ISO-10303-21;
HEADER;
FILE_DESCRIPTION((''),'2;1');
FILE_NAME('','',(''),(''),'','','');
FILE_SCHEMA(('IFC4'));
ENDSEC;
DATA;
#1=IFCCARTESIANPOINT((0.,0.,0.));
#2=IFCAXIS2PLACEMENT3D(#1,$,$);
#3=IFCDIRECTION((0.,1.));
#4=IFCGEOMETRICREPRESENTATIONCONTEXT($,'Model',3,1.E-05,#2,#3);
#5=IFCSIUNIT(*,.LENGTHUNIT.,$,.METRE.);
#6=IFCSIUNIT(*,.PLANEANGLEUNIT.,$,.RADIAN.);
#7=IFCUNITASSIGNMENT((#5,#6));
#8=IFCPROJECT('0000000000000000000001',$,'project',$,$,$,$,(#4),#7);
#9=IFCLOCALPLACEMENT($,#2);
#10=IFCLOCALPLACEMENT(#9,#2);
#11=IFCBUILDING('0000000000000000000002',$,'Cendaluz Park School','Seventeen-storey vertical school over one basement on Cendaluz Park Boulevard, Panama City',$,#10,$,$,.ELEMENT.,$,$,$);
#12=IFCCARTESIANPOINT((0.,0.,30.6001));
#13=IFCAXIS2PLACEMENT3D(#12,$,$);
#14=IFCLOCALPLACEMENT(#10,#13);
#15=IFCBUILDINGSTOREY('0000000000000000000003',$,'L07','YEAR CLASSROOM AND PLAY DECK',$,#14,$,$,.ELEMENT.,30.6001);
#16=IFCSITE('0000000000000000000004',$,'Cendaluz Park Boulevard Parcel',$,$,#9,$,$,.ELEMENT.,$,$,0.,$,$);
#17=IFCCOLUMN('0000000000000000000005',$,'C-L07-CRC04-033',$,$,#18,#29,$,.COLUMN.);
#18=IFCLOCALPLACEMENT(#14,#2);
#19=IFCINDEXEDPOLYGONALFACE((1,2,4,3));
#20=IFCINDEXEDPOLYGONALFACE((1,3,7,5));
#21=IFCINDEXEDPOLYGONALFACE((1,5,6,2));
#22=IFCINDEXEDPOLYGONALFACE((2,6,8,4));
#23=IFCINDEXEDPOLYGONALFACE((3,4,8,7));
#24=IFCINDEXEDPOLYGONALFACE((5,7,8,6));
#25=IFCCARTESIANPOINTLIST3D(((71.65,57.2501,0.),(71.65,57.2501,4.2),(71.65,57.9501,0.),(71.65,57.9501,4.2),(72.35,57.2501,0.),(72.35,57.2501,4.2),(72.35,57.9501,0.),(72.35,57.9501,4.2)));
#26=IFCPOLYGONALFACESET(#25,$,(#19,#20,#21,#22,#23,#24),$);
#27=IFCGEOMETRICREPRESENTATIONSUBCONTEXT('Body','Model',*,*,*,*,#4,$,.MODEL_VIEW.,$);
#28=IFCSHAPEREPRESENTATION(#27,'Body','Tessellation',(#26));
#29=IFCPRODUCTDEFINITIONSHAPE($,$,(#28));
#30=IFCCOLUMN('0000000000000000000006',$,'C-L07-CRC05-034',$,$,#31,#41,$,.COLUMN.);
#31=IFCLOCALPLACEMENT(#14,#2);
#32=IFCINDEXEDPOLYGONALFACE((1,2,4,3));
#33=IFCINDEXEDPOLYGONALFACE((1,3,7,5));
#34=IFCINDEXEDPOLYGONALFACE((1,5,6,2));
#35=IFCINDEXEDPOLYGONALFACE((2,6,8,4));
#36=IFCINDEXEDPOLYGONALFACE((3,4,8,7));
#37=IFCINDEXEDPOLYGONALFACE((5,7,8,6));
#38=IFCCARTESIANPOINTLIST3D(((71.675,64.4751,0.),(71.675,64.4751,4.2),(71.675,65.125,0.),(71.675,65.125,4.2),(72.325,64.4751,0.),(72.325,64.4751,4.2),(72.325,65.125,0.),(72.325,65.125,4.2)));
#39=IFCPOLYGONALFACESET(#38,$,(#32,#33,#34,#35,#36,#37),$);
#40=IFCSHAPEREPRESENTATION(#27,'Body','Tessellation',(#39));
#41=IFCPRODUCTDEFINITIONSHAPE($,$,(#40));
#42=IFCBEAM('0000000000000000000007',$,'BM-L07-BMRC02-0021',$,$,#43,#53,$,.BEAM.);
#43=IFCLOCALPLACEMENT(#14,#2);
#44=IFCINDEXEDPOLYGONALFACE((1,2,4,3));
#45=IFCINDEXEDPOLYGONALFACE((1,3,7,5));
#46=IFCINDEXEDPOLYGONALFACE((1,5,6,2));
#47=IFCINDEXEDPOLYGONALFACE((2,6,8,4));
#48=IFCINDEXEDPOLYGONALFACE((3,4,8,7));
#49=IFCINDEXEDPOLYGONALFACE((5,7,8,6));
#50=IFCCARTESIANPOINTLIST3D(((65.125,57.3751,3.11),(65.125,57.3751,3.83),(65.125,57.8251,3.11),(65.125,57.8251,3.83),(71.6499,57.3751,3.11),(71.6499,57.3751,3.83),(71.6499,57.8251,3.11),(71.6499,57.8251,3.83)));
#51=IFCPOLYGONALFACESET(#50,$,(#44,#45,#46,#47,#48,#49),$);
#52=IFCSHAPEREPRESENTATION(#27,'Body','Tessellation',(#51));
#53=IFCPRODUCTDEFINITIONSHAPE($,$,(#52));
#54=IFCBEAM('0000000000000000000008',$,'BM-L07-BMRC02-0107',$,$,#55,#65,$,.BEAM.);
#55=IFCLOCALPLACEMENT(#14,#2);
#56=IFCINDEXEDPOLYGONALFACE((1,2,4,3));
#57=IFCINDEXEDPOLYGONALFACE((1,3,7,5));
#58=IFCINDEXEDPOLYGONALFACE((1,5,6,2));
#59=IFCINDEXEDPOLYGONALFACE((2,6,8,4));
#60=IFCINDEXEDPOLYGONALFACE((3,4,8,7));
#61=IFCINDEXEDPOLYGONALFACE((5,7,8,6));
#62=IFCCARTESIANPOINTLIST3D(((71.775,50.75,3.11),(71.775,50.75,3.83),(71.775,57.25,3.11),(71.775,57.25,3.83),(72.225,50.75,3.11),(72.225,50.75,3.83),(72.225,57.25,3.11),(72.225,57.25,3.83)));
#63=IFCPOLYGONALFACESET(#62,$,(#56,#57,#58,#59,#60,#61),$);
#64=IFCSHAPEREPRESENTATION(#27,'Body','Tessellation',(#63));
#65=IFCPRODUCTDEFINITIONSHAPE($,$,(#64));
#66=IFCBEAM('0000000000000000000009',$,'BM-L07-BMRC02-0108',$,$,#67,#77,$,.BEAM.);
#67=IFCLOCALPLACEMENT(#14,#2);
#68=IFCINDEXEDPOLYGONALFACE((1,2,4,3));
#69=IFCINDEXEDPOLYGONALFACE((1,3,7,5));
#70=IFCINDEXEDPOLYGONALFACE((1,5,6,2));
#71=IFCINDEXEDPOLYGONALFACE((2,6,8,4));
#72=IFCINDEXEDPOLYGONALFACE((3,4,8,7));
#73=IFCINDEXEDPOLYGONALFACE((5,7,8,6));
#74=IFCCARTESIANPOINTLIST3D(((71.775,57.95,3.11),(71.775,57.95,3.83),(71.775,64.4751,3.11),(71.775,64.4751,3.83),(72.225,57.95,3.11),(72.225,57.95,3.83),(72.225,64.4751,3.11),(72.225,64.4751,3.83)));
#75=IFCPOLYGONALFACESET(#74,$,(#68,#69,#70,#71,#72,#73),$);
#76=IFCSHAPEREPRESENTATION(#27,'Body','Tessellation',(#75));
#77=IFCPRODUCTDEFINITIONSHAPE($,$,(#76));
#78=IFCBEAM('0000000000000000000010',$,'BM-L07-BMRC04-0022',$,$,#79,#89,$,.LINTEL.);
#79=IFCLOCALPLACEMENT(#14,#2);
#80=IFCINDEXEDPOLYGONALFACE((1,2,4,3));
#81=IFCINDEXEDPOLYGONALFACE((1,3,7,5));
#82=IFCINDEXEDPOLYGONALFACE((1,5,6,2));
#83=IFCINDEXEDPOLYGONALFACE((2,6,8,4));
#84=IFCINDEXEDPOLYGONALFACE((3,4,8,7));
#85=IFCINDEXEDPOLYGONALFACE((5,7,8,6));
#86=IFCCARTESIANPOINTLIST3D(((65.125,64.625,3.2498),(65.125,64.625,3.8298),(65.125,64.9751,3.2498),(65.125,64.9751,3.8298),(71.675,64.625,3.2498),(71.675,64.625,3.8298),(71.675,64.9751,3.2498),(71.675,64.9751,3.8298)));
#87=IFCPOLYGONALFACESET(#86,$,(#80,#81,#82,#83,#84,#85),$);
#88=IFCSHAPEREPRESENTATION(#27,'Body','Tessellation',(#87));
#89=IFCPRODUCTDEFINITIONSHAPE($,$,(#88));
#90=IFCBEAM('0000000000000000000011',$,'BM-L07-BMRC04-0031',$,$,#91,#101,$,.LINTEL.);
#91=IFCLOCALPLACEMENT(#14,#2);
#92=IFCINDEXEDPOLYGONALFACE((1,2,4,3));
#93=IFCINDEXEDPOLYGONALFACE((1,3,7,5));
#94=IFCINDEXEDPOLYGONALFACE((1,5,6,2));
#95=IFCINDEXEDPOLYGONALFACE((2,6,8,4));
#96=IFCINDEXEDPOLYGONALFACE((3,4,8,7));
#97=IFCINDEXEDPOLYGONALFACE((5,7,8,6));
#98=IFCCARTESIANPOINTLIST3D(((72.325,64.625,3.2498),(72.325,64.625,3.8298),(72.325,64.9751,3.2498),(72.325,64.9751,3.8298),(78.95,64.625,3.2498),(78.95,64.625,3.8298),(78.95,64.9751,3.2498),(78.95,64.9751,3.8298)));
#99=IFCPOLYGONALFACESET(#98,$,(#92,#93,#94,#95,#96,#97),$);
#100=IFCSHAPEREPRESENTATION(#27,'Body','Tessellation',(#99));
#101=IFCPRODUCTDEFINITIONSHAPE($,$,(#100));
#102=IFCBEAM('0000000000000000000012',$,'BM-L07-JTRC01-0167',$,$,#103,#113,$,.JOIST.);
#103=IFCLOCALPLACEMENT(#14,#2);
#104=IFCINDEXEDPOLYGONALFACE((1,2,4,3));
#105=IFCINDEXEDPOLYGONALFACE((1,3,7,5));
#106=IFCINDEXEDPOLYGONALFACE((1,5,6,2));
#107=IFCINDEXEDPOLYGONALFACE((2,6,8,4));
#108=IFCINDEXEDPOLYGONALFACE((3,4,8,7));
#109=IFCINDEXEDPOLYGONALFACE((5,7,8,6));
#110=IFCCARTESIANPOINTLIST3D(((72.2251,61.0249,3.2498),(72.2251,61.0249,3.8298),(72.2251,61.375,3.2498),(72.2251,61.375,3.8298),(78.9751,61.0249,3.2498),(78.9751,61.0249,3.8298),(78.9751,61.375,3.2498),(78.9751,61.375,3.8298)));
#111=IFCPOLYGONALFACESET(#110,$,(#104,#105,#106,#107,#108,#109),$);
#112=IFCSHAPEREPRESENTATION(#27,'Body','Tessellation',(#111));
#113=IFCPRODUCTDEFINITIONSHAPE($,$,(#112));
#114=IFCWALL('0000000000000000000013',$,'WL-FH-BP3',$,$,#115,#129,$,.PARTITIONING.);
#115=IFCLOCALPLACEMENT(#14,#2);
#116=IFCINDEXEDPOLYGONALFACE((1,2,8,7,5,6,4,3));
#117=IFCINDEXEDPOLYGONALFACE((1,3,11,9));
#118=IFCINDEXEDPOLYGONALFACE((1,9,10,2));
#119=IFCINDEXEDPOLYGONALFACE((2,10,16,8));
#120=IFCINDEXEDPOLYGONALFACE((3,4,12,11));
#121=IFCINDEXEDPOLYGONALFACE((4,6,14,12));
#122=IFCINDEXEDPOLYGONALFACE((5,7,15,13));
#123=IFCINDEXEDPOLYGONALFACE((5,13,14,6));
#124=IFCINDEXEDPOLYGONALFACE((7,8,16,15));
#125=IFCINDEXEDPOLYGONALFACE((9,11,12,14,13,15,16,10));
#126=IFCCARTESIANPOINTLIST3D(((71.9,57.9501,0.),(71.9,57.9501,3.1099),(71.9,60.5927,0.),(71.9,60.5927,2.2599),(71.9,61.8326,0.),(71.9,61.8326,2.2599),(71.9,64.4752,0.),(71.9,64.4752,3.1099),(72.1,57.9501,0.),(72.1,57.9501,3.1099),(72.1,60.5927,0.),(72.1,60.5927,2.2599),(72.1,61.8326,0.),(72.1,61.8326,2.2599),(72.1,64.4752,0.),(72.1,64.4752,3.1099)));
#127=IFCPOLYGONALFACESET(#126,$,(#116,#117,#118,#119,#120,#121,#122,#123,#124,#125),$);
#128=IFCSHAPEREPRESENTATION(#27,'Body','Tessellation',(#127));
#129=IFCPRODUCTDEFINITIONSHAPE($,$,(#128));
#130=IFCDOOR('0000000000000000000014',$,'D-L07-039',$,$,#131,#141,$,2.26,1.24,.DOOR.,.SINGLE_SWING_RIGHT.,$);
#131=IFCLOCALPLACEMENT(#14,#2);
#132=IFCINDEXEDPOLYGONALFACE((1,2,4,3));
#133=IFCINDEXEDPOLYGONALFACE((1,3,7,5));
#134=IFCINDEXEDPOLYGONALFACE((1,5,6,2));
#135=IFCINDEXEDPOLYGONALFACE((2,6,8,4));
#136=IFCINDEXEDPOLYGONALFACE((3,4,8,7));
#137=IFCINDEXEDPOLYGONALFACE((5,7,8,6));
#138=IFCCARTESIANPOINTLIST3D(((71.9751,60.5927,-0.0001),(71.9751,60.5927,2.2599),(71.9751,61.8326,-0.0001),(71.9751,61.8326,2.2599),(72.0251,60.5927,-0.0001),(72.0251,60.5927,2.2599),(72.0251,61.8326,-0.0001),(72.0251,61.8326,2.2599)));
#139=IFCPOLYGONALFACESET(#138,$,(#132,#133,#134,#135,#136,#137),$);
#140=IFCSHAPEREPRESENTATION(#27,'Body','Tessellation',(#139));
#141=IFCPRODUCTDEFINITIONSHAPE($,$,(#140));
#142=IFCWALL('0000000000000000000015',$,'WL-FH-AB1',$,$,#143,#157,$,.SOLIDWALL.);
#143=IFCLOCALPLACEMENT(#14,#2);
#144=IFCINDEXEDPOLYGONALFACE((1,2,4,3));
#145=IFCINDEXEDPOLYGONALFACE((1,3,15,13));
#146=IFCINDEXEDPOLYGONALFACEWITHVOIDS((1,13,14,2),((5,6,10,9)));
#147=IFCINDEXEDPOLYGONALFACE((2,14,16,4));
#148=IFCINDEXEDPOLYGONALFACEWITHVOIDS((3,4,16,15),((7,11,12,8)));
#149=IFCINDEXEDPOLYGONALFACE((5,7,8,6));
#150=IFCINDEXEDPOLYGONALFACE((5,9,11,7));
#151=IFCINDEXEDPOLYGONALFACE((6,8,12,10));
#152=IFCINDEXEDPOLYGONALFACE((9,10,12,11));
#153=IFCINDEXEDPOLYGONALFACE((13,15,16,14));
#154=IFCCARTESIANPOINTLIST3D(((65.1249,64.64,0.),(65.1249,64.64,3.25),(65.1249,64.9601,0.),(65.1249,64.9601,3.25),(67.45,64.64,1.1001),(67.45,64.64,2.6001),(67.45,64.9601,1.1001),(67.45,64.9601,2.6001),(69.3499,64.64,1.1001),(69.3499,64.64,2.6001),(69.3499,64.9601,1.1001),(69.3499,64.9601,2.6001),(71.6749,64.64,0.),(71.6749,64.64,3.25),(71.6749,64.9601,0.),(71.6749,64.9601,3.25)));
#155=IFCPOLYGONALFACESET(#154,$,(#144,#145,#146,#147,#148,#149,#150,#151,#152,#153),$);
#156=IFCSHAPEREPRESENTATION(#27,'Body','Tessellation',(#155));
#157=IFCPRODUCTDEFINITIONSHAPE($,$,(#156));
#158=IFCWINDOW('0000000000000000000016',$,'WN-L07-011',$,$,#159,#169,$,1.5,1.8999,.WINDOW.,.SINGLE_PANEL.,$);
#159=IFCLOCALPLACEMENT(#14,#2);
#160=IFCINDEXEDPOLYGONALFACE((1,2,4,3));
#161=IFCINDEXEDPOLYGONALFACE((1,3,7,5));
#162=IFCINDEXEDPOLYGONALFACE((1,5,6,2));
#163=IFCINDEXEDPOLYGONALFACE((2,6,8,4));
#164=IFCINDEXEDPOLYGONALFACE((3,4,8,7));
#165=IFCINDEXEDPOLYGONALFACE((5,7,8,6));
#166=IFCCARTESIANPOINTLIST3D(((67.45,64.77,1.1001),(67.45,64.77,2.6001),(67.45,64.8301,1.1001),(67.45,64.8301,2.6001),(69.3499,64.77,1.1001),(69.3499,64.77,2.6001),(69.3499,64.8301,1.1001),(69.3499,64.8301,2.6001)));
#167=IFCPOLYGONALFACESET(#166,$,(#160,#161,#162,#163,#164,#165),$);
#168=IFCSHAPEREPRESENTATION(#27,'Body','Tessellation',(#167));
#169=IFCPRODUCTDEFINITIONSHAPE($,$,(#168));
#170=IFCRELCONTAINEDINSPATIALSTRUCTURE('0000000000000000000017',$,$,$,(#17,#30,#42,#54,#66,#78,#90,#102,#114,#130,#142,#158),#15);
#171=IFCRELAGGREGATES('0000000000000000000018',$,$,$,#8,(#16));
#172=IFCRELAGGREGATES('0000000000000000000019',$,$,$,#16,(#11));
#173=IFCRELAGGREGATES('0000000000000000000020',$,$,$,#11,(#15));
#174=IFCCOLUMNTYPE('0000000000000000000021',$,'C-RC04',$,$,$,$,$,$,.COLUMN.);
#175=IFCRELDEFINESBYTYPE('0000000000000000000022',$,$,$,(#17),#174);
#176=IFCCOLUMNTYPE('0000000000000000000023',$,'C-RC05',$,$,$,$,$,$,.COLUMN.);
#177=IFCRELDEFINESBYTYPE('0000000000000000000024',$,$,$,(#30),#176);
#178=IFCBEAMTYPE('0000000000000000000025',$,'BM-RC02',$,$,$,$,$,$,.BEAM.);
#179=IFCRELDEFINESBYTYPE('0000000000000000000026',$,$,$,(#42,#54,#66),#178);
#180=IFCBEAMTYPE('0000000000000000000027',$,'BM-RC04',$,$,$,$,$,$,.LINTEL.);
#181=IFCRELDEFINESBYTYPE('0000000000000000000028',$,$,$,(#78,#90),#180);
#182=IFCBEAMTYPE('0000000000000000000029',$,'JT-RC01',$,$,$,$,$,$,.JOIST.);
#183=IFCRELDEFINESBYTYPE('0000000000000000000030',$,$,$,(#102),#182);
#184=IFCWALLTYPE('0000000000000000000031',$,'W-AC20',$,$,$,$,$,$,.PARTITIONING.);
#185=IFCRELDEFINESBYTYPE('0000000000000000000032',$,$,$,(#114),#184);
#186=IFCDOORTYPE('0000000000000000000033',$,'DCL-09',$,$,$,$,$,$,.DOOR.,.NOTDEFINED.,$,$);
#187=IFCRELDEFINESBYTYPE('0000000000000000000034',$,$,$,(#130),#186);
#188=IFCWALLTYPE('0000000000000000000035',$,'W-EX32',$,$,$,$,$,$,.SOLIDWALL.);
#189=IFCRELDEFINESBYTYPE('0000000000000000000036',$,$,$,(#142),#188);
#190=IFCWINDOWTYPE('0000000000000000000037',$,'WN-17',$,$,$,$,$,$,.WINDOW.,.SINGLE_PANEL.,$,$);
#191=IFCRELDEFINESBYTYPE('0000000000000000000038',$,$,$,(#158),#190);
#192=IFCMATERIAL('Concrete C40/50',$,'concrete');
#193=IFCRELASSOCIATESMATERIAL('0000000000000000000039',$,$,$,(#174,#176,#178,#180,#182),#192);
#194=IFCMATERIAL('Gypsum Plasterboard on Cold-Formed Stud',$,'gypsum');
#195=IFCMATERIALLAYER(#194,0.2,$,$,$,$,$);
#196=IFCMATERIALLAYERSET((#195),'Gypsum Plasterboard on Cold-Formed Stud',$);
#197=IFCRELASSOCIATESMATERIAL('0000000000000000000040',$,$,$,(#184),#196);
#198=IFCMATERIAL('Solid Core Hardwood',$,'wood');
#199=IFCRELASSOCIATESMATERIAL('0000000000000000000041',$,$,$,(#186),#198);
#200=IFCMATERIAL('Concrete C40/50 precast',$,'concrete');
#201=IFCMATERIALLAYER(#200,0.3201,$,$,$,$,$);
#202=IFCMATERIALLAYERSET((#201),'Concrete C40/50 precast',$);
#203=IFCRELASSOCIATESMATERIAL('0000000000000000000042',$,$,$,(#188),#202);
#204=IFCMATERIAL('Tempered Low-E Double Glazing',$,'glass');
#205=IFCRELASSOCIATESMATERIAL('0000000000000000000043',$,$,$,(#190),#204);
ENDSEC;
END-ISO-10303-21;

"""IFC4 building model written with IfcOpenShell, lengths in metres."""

from ifc_helpers import new_model, si_unit, direction, frame, frame_2d, origin, origin_2d, place, context, subcontext, project, spatial, rectangle, extrude, material, layer, layer_set, material_profile, profile_set, type_object, element, fill, save


model = new_model("IFC4")

# Units and contexts
model_context = context("Model", 3, precision=1e-05, world=origin(), true_north=direction((0.0, 1.0)))
body_context = subcontext(model_context, "Body", "Model", "MODEL_VIEW")
ifc_project = project(units=[si_unit("LENGTHUNIT", "METRE"), si_unit("PLANEANGLEUNIT", "RADIAN")], contexts=[model_context])

# Site, building, storey
site_placement = place(None, origin())
site = spatial("IfcSite", under=ifc_project, at=site_placement, Name="Cendaluz Park Boulevard Parcel", CompositionType="ELEMENT", RefElevation=0.0)
building_placement = place(site_placement, origin())
building = spatial("IfcBuilding", under=site, at=building_placement, Name="Cendaluz Park School", Description="Seventeen-storey vertical school over one basement on Cendaluz Park Boulevard, Panama City", CompositionType="ELEMENT")
storey_placement = place(building_placement, frame((0.0, 0.0, 30.6001)))
storey = spatial("IfcBuildingStorey", under=building, at=storey_placement, Name="L07", Description="YEAR CLASSROOM AND PLAY DECK", CompositionType="ELEMENT", Elevation=30.6001)

# Columns
ifc_material_1 = material(Name="Concrete C40/50", Category="concrete")
ifc_material_profile_1 = material_profile(ifc_material_1, rectangle(XDim=0.7, YDim=0.7, at=origin_2d()), Name="RC 700x700", Category="concrete")
ifc_profile_set_1 = profile_set([ifc_material_profile_1], Name="Concrete C40/50")
column_type_1 = type_object("IfcColumnType", Name="C-RC04", PredefinedType="COLUMN", material=ifc_profile_set_1)
column_1_placement = place(storey_placement, frame((72.0, 57.6001, 0.0), z_axis=(0.0, 0.0, 1.0), x_axis=(1.0, 0.0, 0.0)))
element("IfcColumn", 1, at=column_1_placement, inside=storey, type_object=column_type_1, Name="C-L07-CRC04-033", PredefinedType="COLUMN", context=body_context, shape_type="SweptSolid", body=[
    extrude(rectangle(XDim=0.7, YDim=0.7, at=origin_2d()), origin(), (0.0, 0.0, 1.0), 4.2),
])
ifc_material_profile_2 = material_profile(ifc_material_1, rectangle(XDim=0.6499, YDim=0.6499, at=origin_2d()), Name="RC 650x650", Category="concrete")
ifc_profile_set_2 = profile_set([ifc_material_profile_2], Name="Concrete C40/50")
column_type_2 = type_object("IfcColumnType", Name="C-RC05", PredefinedType="COLUMN", material=ifc_profile_set_2)
column_2_placement = place(storey_placement, frame((72.0, 64.8, 0.0), z_axis=(0.0, 0.0, 1.0), x_axis=(1.0, 0.0, 0.0)))
element("IfcColumn", 2, at=column_2_placement, inside=storey, type_object=column_type_2, Name="C-L07-CRC05-034", PredefinedType="COLUMN", context=body_context, shape_type="SweptSolid", body=[
    extrude(rectangle(XDim=0.6499, YDim=0.6499, at=origin_2d()), origin(), (0.0, 0.0, 1.0), 4.2),
])

# Beams
ifc_material_profile_3 = material_profile(ifc_material_1, rectangle(XDim=0.45, YDim=0.72, at=origin_2d()), Name="RC 450x720", Category="concrete")
ifc_profile_set_3 = profile_set([ifc_material_profile_3], Name="Concrete C40/50")
beam_type_1 = type_object("IfcBeamType", Name="BM-RC02", PredefinedType="BEAM", material=ifc_profile_set_3)
beam_1_placement = place(storey_placement, frame((65.125, 57.6001, 3.47), z_axis=(1.0, 0.0, 0.0), x_axis=(0.0, 1.0, 0.0)))
element("IfcBeam", 3, at=beam_1_placement, inside=storey, type_object=beam_type_1, Name="BM-L07-BMRC02-0021", PredefinedType="BEAM", context=body_context, shape_type="SweptSolid", body=[
    extrude(rectangle(XDim=0.45, YDim=0.72, at=origin_2d()), origin(), (0.0, 0.0, 1.0), 6.5249),
])
beam_2_placement = place(storey_placement, frame((72.0, 50.75, 3.47), z_axis=(0.0, 1.0, 0.0), x_axis=(-1.0, 0.0, 0.0)))
element("IfcBeam", 4, at=beam_2_placement, inside=storey, type_object=beam_type_1, Name="BM-L07-BMRC02-0107", PredefinedType="BEAM", context=body_context, shape_type="SweptSolid", body=[
    extrude(rectangle(XDim=0.45, YDim=0.72, at=origin_2d()), origin(), (0.0, 0.0, 1.0), 6.5),
])
beam_3_placement = place(storey_placement, frame((72.0, 57.95, 3.47), z_axis=(0.0, 1.0, 0.0), x_axis=(-1.0, 0.0, 0.0)))
element("IfcBeam", 5, at=beam_3_placement, inside=storey, type_object=beam_type_1, Name="BM-L07-BMRC02-0108", PredefinedType="BEAM", context=body_context, shape_type="SweptSolid", body=[
    extrude(rectangle(XDim=0.45, YDim=0.72, at=origin_2d()), origin(), (0.0, 0.0, 1.0), 6.5251),
])
ifc_material_profile_4 = material_profile(ifc_material_1, rectangle(XDim=0.3501, YDim=0.5801, at=origin_2d()), Name="RC 350x580", Category="concrete")
ifc_profile_set_4 = profile_set([ifc_material_profile_4], Name="Concrete C40/50")
beam_type_2 = type_object("IfcBeamType", Name="BM-RC04", PredefinedType="LINTEL", material=ifc_profile_set_4)
beam_4_placement = place(storey_placement, frame((65.125, 64.8, 3.5398), z_axis=(1.0, 0.0, 0.0), x_axis=(0.0, 1.0, 0.0)))
element("IfcBeam", 6, at=beam_4_placement, inside=storey, type_object=beam_type_2, Name="BM-L07-BMRC04-0022", PredefinedType="LINTEL", context=body_context, shape_type="SweptSolid", body=[
    extrude(rectangle(XDim=0.3501, YDim=0.5801, at=origin_2d()), origin(), (0.0, 0.0, 1.0), 6.55),
])
beam_5_placement = place(storey_placement, frame((72.325, 64.8, 3.5398), z_axis=(1.0, 0.0, 0.0), x_axis=(0.0, 1.0, 0.0)))
element("IfcBeam", 7, at=beam_5_placement, inside=storey, type_object=beam_type_2, Name="BM-L07-BMRC04-0031", PredefinedType="LINTEL", context=body_context, shape_type="SweptSolid", body=[
    extrude(rectangle(XDim=0.3501, YDim=0.5801, at=origin_2d()), origin(), (0.0, 0.0, 1.0), 6.625),
])
ifc_material_profile_5 = material_profile(ifc_material_1, rectangle(XDim=0.3501, YDim=0.5801, at=origin_2d()), Name="RC 350x580", Category="concrete")
ifc_profile_set_5 = profile_set([ifc_material_profile_5], Name="Concrete C40/50")
beam_type_3 = type_object("IfcBeamType", Name="JT-RC01", PredefinedType="JOIST", material=ifc_profile_set_5)
beam_6_placement = place(storey_placement, frame((72.2251, 61.2, 3.5398), z_axis=(1.0, 0.0, 0.0), x_axis=(0.0, 1.0, 0.0)))
element("IfcBeam", 8, at=beam_6_placement, inside=storey, type_object=beam_type_3, Name="BM-L07-JTRC01-0167", PredefinedType="JOIST", context=body_context, shape_type="SweptSolid", body=[
    extrude(rectangle(XDim=0.3501, YDim=0.5801, at=origin_2d()), origin(), (0.0, 0.0, 1.0), 6.75),
])

# Wall, opening, door
ifc_material_2 = material(Name="Gypsum Plasterboard on Cold-Formed Stud", Category="gypsum")
ifc_layer_1 = layer(ifc_material_2, 0.2)
ifc_layer_set_1 = layer_set([ifc_layer_1], Name="Gypsum Plasterboard on Cold-Formed Stud")
wall_type_1 = type_object("IfcWallType", Name="W-AC20", PredefinedType="PARTITIONING", material=ifc_layer_set_1)
wall_1_placement = place(storey_placement, frame((72.0, 57.95, 0.0), z_axis=(0.0, 0.0, 1.0), x_axis=(0.0, 1.0, 0.0)))
wall_1 = element("IfcWall", 9, at=wall_1_placement, inside=storey, type_object=wall_type_1, Name="WL-FH-BP3", PredefinedType="PARTITIONING", context=body_context, shape_type="SweptSolid", body=[
    extrude(rectangle(XDim=6.5251, YDim=0.2, at=frame_2d((3.2627, 0.0))), origin(), (0.0, 0.0, 1.0), 3.1099),
])
opening_1_placement = place(wall_1_placement, frame((2.6426, 0.0, 0.0)))
opening_1 = element("IfcOpeningElement", 10, at=opening_1_placement, cuts=wall_1, PredefinedType="OPENING", context=body_context, shape_type="SweptSolid", body=[
    extrude(rectangle(XDim=1.24, YDim=2.26, at=frame_2d((0.6201, 1.1299))), frame((0.0, 0.1121, 0.0), z_axis=(0.0, -1.0, 0.0), x_axis=(1.0, 0.0, 0.0)), (0.0, 0.0, 1.0), 0.2239),
])
ifc_material_3 = material(Name="Solid Core Hardwood", Category="wood")
door_type_1 = type_object("IfcDoorType", Name="DCL-09", OperationType="NOTDEFINED", PredefinedType="DOOR", material=ifc_material_3)
door_1_placement = place(opening_1_placement, origin())
door_1 = element("IfcDoor", 11, at=door_1_placement, inside=storey, type_object=door_type_1, Name="D-L07-039", OperationType="SINGLE_SWING_RIGHT", OverallHeight=2.26, OverallWidth=1.24, PredefinedType="DOOR", context=body_context, shape_type="SweptSolid", body=[
    extrude(rectangle(XDim=1.24, YDim=2.26, at=frame_2d((0.6201, 1.1299))), frame((0.0, 0.0249, 0.0), z_axis=(0.0, -1.0, 0.0), x_axis=(1.0, 0.0, 0.0)), (0.0, 0.0, 1.0), 0.05),
])
fill(opening_1, door_1)

# Wall, opening, window
ifc_material_4 = material(Name="Concrete C40/50 precast", Category="concrete")
ifc_layer_2 = layer(ifc_material_4, 0.3201)
ifc_layer_set_2 = layer_set([ifc_layer_2], Name="Concrete C40/50 precast")
wall_type_2 = type_object("IfcWallType", Name="W-EX32", PredefinedType="SOLIDWALL", material=ifc_layer_set_2)
wall_2_placement = place(storey_placement, frame((65.125, 64.8, 0.0), z_axis=(0.0, 0.0, 1.0), x_axis=(1.0, 0.0, 0.0)))
wall_2 = element("IfcWall", 12, at=wall_2_placement, inside=storey, type_object=wall_type_2, Name="WL-FH-AB1", PredefinedType="SOLIDWALL", context=body_context, shape_type="SweptSolid", body=[
    extrude(rectangle(XDim=6.55, YDim=0.3201, at=frame_2d((3.2749, 0.0))), origin(), (0.0, 0.0, 1.0), 3.25),
])
opening_2_placement = place(wall_2_placement, frame((2.325, 0.0, 1.1001)))
opening_2 = element("IfcOpeningElement", 13, at=opening_2_placement, cuts=wall_2, PredefinedType="OPENING", context=body_context, shape_type="SweptSolid", body=[
    extrude(rectangle(XDim=1.8999, YDim=1.5, at=frame_2d((0.95, 0.75))), frame((0.0, 0.1721, 0.0), z_axis=(0.0, -1.0, 0.0), x_axis=(1.0, 0.0, 0.0)), (0.0, 0.0, 1.0), 0.344),
])
ifc_material_5 = material(Name="Tempered Low-E Double Glazing", Category="glass")
window_type_1 = type_object("IfcWindowType", Name="WN-17", PartitioningType="SINGLE_PANEL", PredefinedType="WINDOW", material=ifc_material_5)
window_1_placement = place(opening_2_placement, origin())
window_1 = element("IfcWindow", 14, at=window_1_placement, inside=storey, type_object=window_type_1, Name="WN-L07-011", OverallHeight=1.5, OverallWidth=1.8999, PartitioningType="SINGLE_PANEL", PredefinedType="WINDOW", context=body_context, shape_type="SweptSolid", body=[
    extrude(rectangle(XDim=1.8999, YDim=1.5, at=frame_2d((0.95, 0.75))), frame((0.0, 0.03, 0.0), z_axis=(0.0, -1.0, 0.0), x_axis=(1.0, 0.0, 0.0)), (0.0, 0.0, 1.0), 0.0601),
])
fill(opening_2, window_1)

save(model, "model.ifc")
